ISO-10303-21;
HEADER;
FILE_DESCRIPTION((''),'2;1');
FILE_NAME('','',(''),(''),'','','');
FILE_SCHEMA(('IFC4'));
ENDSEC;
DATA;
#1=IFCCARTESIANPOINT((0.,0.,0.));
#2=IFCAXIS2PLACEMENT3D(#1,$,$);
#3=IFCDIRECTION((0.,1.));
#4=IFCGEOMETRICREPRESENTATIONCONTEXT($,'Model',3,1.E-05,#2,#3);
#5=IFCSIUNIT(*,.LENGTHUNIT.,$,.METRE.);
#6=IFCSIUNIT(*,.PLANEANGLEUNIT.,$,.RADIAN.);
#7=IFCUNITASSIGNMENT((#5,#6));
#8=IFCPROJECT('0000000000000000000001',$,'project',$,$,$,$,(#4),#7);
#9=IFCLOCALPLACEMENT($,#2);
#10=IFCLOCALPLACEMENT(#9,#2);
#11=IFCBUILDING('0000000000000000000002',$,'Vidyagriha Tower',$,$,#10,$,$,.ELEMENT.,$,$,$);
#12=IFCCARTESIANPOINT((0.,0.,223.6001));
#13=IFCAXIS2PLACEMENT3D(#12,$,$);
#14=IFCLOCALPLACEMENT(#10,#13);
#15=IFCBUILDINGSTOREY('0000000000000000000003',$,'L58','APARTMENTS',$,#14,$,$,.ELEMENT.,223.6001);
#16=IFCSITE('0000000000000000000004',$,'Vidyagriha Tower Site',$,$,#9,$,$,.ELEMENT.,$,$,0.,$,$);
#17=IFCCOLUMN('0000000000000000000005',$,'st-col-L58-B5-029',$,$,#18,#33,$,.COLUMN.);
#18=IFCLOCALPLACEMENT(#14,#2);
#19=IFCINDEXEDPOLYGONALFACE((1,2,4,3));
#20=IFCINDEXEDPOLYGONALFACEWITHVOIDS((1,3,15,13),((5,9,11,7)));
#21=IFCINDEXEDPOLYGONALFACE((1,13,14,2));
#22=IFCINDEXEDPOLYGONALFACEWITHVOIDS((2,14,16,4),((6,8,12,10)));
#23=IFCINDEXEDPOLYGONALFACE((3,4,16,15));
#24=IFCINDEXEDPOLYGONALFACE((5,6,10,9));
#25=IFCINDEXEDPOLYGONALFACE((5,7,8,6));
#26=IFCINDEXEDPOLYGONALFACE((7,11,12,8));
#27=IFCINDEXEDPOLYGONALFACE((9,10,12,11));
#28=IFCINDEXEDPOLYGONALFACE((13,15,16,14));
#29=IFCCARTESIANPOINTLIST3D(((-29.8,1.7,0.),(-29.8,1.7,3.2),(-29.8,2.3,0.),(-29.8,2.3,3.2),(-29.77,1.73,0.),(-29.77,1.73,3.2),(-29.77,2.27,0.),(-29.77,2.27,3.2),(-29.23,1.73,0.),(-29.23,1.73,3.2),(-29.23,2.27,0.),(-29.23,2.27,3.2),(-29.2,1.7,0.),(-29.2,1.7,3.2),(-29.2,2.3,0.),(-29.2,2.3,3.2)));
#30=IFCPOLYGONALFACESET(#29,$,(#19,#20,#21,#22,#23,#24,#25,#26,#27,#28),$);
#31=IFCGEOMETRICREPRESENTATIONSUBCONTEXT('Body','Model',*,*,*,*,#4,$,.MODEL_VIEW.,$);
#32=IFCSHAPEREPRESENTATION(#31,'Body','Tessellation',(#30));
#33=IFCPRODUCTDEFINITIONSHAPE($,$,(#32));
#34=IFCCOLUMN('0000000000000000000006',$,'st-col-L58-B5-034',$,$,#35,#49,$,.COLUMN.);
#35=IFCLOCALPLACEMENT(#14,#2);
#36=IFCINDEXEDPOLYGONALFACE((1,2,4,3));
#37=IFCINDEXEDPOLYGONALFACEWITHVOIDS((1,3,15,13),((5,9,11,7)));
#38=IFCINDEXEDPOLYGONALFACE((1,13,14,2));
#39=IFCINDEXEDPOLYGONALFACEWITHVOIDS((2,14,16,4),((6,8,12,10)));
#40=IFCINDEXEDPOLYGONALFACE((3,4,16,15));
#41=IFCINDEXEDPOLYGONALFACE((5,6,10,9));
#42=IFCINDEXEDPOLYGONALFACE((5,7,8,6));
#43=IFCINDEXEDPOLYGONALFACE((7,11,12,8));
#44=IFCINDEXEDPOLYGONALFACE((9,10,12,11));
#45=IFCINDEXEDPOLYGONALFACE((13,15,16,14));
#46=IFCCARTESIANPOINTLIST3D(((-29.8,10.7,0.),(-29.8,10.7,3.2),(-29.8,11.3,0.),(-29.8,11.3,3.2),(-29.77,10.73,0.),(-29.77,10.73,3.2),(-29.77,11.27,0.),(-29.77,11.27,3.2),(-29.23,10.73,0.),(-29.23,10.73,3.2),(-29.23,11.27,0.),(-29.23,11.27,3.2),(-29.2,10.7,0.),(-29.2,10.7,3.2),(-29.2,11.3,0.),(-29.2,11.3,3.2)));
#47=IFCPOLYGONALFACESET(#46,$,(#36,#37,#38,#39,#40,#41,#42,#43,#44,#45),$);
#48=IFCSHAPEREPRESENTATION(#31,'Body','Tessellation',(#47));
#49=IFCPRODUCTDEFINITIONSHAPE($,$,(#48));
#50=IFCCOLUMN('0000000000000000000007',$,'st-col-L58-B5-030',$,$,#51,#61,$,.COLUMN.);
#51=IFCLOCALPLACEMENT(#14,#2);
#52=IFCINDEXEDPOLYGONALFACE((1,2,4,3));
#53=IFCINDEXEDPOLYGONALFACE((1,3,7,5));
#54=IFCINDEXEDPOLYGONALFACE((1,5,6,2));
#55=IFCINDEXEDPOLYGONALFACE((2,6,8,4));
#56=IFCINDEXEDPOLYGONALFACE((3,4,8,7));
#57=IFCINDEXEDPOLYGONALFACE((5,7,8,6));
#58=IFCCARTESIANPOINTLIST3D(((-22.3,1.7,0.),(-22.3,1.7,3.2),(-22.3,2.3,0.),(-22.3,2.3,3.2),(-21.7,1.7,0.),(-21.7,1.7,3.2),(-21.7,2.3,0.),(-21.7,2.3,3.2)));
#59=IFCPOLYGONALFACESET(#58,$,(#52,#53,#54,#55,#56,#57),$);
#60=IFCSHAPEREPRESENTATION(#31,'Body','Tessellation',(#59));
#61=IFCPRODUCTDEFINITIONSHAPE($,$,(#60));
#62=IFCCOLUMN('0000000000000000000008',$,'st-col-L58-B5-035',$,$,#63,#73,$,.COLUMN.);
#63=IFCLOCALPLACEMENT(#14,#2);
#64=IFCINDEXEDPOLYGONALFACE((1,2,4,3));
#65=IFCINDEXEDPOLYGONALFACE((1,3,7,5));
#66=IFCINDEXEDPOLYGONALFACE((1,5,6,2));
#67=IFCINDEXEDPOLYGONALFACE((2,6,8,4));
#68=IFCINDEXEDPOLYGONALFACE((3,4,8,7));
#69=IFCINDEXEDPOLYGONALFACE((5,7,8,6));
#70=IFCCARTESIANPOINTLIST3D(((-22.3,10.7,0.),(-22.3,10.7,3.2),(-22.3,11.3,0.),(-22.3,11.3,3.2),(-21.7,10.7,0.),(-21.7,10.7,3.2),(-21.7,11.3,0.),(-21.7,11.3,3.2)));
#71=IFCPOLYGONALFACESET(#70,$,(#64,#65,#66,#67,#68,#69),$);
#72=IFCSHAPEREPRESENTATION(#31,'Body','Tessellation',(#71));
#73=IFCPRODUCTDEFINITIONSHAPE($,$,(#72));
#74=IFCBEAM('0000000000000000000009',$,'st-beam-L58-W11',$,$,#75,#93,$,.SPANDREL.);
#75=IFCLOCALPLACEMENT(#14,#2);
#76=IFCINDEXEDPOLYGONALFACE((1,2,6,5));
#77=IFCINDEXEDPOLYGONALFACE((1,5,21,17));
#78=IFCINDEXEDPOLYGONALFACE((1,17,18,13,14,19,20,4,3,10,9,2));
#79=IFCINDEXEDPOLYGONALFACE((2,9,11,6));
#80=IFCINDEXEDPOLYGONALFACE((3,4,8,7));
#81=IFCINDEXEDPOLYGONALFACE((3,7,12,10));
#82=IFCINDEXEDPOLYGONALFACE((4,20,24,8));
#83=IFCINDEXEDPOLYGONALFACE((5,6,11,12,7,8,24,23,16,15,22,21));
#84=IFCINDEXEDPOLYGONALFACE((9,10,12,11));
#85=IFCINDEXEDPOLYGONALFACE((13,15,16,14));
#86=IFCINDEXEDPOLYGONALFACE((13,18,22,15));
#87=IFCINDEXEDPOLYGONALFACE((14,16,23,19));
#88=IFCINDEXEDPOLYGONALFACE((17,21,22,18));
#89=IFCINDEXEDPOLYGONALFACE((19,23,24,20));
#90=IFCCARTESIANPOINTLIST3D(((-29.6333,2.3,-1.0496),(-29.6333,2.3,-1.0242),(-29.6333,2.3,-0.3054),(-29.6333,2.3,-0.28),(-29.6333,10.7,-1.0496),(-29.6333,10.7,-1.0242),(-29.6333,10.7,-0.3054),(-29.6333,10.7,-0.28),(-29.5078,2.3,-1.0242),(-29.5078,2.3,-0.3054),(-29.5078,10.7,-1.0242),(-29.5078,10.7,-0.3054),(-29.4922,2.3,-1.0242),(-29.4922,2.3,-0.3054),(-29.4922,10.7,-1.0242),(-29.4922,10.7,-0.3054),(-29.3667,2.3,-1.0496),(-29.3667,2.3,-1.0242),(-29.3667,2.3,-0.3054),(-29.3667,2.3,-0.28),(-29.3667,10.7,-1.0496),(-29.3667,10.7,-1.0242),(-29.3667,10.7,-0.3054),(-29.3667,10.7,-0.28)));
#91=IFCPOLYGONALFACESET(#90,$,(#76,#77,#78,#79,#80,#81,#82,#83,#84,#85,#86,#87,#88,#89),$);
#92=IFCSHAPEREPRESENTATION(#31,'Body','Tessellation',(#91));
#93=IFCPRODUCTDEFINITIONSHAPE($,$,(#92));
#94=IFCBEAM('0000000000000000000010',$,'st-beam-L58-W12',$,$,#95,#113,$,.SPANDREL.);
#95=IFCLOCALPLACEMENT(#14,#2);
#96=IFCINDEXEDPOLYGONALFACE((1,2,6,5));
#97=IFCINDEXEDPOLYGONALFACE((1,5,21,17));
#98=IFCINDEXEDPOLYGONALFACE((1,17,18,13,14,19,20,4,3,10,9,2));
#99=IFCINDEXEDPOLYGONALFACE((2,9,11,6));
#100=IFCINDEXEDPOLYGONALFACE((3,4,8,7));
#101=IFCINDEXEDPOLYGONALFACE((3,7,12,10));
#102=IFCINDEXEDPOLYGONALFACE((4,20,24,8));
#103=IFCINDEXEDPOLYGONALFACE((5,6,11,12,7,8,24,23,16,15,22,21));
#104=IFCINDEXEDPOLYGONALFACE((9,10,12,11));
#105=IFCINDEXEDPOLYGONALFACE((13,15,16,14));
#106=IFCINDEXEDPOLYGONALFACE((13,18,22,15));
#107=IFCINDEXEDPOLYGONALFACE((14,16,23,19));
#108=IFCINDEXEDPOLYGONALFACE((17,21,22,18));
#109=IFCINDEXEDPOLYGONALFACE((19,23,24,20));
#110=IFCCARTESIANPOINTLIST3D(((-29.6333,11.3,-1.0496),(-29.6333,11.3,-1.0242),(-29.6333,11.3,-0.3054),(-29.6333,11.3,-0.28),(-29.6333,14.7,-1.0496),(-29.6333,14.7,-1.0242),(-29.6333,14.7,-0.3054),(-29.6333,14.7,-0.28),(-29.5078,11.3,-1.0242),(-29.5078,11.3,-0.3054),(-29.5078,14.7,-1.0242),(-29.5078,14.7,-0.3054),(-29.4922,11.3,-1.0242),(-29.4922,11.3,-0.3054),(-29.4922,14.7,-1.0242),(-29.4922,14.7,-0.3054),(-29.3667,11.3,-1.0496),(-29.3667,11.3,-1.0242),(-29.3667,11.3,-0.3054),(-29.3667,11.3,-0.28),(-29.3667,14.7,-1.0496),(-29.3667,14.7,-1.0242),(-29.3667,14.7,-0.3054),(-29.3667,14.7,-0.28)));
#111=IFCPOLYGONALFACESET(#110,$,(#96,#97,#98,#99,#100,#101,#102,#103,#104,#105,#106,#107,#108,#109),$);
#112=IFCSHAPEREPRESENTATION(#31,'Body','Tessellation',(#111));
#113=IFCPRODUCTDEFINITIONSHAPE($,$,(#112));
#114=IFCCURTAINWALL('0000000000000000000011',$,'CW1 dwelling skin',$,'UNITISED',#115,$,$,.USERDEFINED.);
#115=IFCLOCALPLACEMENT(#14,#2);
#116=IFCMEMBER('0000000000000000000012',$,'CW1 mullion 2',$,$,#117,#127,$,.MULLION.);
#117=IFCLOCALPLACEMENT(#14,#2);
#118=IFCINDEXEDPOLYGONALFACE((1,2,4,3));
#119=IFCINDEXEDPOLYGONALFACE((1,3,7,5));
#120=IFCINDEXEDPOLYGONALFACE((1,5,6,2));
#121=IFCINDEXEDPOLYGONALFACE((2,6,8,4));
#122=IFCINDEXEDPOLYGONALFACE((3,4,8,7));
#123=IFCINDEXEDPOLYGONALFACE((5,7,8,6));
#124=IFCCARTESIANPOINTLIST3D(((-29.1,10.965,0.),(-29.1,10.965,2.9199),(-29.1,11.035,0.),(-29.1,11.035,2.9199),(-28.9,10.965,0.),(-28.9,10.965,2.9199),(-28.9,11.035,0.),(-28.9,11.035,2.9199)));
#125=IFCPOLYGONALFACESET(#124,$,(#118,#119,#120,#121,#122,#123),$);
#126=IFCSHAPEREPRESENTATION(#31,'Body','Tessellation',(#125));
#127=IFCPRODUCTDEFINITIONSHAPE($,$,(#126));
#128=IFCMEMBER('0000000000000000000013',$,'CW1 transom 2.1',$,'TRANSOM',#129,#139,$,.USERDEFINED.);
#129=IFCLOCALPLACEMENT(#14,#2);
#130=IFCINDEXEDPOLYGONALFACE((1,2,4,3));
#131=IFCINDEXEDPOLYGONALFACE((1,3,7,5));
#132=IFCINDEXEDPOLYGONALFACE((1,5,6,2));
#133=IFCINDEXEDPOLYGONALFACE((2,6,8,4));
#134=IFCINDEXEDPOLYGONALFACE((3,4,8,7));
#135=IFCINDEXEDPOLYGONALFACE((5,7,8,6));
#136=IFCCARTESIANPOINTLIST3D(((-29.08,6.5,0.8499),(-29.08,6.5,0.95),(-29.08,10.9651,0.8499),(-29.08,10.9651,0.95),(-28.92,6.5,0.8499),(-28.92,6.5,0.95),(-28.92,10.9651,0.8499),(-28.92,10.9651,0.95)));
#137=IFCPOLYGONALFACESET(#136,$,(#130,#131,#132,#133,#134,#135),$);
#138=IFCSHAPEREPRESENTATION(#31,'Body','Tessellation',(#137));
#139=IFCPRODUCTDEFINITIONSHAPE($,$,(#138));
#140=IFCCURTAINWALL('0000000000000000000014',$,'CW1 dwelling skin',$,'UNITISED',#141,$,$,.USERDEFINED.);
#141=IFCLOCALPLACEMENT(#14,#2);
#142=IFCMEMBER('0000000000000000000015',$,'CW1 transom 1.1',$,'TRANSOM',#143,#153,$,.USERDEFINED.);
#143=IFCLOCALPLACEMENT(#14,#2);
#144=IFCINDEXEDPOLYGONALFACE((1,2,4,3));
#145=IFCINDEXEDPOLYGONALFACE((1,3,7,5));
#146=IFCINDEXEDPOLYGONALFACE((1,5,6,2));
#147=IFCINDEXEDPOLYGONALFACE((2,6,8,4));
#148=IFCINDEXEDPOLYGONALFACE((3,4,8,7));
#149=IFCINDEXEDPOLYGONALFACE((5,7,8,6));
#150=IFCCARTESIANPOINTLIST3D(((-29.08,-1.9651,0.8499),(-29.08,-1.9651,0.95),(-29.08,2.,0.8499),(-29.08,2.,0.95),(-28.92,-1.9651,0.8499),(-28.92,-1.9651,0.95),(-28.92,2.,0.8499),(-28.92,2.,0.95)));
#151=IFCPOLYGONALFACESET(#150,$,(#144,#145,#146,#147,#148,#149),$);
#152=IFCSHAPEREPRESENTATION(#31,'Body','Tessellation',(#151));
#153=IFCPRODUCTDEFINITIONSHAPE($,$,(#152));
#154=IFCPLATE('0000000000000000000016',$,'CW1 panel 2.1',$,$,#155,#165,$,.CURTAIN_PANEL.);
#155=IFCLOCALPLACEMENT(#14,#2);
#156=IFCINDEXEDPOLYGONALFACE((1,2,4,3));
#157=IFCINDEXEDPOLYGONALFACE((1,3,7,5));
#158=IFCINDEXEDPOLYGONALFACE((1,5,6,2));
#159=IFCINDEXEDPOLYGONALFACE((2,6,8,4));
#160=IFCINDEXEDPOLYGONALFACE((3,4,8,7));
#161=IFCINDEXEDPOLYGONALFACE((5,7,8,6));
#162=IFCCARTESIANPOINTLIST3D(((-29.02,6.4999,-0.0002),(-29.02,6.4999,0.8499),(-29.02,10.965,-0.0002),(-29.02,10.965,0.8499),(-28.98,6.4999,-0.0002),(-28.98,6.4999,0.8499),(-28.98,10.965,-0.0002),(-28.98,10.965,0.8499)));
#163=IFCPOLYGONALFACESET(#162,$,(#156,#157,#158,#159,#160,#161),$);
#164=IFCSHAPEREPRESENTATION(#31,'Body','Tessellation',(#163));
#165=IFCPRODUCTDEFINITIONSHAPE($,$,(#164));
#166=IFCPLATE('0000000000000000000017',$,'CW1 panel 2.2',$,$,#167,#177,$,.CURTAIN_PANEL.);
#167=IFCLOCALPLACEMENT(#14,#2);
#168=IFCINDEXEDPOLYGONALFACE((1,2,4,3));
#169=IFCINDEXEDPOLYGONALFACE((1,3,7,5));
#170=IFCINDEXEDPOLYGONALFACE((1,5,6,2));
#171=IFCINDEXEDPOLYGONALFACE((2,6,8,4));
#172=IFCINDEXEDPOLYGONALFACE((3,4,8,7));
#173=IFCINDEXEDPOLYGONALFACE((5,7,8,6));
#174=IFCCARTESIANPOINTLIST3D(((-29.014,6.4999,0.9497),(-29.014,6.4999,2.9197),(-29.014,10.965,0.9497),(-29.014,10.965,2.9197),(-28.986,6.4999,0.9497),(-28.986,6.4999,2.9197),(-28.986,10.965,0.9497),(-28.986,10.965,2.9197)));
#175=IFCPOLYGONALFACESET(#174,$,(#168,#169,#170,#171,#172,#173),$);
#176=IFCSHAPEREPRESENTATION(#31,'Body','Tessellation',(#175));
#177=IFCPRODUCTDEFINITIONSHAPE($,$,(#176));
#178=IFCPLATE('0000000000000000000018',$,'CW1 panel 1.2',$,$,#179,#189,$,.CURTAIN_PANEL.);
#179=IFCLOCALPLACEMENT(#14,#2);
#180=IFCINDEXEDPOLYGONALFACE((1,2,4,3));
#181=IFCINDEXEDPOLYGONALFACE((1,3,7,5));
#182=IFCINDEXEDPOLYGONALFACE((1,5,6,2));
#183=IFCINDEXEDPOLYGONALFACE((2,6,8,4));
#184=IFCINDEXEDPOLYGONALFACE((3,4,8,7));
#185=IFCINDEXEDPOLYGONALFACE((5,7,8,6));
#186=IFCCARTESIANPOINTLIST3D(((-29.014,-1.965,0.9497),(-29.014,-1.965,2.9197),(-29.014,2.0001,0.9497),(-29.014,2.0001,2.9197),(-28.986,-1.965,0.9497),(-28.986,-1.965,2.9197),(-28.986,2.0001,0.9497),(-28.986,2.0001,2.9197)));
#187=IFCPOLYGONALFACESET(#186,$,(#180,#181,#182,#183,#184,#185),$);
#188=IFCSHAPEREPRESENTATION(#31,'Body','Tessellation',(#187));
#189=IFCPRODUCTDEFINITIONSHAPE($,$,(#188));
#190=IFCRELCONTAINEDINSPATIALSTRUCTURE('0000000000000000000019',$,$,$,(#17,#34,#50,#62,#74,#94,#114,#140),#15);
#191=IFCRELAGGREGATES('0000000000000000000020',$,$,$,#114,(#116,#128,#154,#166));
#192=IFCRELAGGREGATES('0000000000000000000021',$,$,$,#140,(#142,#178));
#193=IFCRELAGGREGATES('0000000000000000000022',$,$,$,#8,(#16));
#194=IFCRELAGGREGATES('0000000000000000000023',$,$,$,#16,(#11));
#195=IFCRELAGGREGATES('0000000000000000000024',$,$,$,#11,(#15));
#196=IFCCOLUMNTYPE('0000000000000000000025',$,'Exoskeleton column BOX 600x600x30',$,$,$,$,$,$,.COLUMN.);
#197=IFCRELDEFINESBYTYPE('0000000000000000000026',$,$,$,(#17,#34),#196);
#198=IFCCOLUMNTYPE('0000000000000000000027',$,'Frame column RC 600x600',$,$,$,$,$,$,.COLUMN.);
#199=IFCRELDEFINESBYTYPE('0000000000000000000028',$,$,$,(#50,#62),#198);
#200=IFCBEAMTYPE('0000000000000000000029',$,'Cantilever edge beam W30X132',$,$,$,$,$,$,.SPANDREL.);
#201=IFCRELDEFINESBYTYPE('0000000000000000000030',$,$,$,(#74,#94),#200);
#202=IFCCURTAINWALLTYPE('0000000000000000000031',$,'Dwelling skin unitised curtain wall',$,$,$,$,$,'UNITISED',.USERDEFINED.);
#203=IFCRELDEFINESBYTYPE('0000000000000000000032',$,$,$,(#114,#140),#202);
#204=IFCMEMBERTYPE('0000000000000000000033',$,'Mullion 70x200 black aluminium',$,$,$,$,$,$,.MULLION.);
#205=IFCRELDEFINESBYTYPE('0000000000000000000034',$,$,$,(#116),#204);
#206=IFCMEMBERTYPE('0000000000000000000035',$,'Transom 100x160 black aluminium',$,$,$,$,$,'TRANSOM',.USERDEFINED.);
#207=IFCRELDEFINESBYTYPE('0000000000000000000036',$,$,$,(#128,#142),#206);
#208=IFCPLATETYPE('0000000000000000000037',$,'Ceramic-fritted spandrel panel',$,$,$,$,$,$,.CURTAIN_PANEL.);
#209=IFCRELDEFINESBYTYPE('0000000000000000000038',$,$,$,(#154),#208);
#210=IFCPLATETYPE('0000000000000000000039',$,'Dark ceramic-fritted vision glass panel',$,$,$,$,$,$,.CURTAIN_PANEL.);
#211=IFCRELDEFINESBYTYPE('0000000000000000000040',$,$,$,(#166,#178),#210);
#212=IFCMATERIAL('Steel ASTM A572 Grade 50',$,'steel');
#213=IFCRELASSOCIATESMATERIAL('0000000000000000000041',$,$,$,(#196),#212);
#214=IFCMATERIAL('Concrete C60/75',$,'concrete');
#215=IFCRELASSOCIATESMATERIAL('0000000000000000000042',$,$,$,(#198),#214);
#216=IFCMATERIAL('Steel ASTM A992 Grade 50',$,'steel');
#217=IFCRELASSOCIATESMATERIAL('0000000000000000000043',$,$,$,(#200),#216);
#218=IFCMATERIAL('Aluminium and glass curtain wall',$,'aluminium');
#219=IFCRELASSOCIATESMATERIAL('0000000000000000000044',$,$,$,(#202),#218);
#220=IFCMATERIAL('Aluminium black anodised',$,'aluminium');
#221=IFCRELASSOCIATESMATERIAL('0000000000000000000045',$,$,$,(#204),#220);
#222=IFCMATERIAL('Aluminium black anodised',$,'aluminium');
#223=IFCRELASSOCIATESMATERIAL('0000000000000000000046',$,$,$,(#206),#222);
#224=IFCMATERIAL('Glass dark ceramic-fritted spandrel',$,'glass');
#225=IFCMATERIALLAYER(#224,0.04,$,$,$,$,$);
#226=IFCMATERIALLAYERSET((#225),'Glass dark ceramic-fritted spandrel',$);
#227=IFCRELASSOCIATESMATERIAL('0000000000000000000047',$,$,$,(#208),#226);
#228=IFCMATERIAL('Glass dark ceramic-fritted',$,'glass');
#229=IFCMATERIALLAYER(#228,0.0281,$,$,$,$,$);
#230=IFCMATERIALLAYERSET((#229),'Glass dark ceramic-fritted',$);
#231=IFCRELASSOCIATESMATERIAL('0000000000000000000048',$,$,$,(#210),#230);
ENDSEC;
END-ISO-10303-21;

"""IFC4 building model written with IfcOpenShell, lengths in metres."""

from ifc_helpers import new_model, si_unit, direction, frame, origin, origin_2d, place, context, subcontext, project, spatial, rectangle, hollow_rectangle, i_section, extrude, material, layer, layer_set, material_profile, profile_set, type_object, element, aggregate, save


model = new_model("IFC4")

# Units and contexts
model_context = context("Model", 3, precision=1e-05, world=origin(), true_north=direction((0.0, 1.0)))
body_context = subcontext(model_context, "Body", "Model", "MODEL_VIEW")
ifc_project = project(units=[si_unit("LENGTHUNIT", "METRE"), si_unit("PLANEANGLEUNIT", "RADIAN")], contexts=[model_context])

# Site, building, storey
site_placement = place(None, origin())
site = spatial("IfcSite", under=ifc_project, at=site_placement, Name="Vidyagriha Tower Site", CompositionType="ELEMENT", RefElevation=0.0)
building_placement = place(site_placement, origin())
building = spatial("IfcBuilding", under=site, at=building_placement, Name="Vidyagriha Tower", CompositionType="ELEMENT")
storey_placement = place(building_placement, frame((0.0, 0.0, 223.6001)))
storey = spatial("IfcBuildingStorey", under=building, at=storey_placement, Name="L58", Description="APARTMENTS", CompositionType="ELEMENT", Elevation=223.6001)

# Columns
ifc_material_1 = material(Name="Steel ASTM A572 Grade 50", Category="steel")
ifc_material_profile_1 = material_profile(ifc_material_1, hollow_rectangle(XDim=0.6001, YDim=0.6001, WallThickness=0.03, at=origin_2d()), Name="BOX 600x600x30")
ifc_profile_set_1 = profile_set([ifc_material_profile_1], Name="Steel ASTM A572 Grade 50")
column_type_1 = type_object("IfcColumnType", Name="Exoskeleton column BOX 600x600x30", PredefinedType="COLUMN", material=ifc_profile_set_1)
for number, where, name in (
    (1, (-29.5, 2.0, 0.0), "st-col-L58-B5-029"),
    (2, (-29.5, 11.0, 0.0), "st-col-L58-B5-034"),
):
    element("IfcColumn", number, at=place(storey_placement, frame(where)), inside=storey, type_object=column_type_1, Name=name, PredefinedType="COLUMN", context=body_context, shape_type="SweptSolid", body=[
        extrude(hollow_rectangle(XDim=0.6001, YDim=0.6001, WallThickness=0.03, at=origin_2d()), origin(), (0.0, 0.0, 1.0), 3.2),
    ])
ifc_material_2 = material(Name="Concrete C60/75", Category="concrete")
ifc_material_profile_2 = material_profile(ifc_material_2, rectangle(XDim=0.6001, YDim=0.6001, at=origin_2d()), Name="RC 600x600")
ifc_profile_set_2 = profile_set([ifc_material_profile_2], Name="Concrete C60/75")
column_type_2 = type_object("IfcColumnType", Name="Frame column RC 600x600", PredefinedType="COLUMN", material=ifc_profile_set_2)
for number, where, name in (
    (3, (-22.0, 2.0, 0.0), "st-col-L58-B5-030"),
    (4, (-22.0, 11.0, 0.0), "st-col-L58-B5-035"),
):
    element("IfcColumn", number, at=place(storey_placement, frame(where)), inside=storey, type_object=column_type_2, Name=name, PredefinedType="COLUMN", context=body_context, shape_type="SweptSolid", body=[
        extrude(rectangle(XDim=0.6001, YDim=0.6001, at=origin_2d()), origin(), (0.0, 0.0, 1.0), 3.2),
    ])

# Beams
ifc_material_3 = material(Name="Steel ASTM A992 Grade 50", Category="steel")
ifc_material_profile_3 = material_profile(ifc_material_3, i_section(OverallWidth=0.2666, OverallDepth=0.7695, WebThickness=0.0156, FlangeThickness=0.0254, at=origin_2d()), Name="W30X132")
ifc_profile_set_3 = profile_set([ifc_material_profile_3], Name="Steel ASTM A992 Grade 50")
beam_type = type_object("IfcBeamType", Name="Cantilever edge beam W30X132", PredefinedType="SPANDREL", material=ifc_profile_set_3)
beam_1_placement = place(storey_placement, frame((-29.5, 2.3, -0.6648), z_axis=(0.0, 1.0, 0.0), x_axis=(-1.0, 0.0, 0.0)))
element("IfcBeam", 5, at=beam_1_placement, inside=storey, type_object=beam_type, Name="st-beam-L58-W11", PredefinedType="SPANDREL", context=body_context, shape_type="SweptSolid", body=[
    extrude(i_section(OverallWidth=0.2666, OverallDepth=0.7695, WebThickness=0.0156, FlangeThickness=0.0254, at=origin_2d()), origin(), (0.0, 0.0, 1.0), 8.3999),
])
beam_2_placement = place(storey_placement, frame((-29.5, 11.3, -0.6648), z_axis=(0.0, 1.0, 0.0), x_axis=(-1.0, 0.0, 0.0)))
element("IfcBeam", 6, at=beam_2_placement, inside=storey, type_object=beam_type, Name="st-beam-L58-W12", PredefinedType="SPANDREL", context=body_context, shape_type="SweptSolid", body=[
    extrude(i_section(OverallWidth=0.2666, OverallDepth=0.7695, WebThickness=0.0156, FlangeThickness=0.0254, at=origin_2d()), origin(), (0.0, 0.0, 1.0), 3.3999),
])

# Curtain wall, members
ifc_material_4 = material(Name="Aluminium and glass curtain wall", Category="aluminium")
curtain_wall_type = type_object("IfcCurtainWallType", Name="Dwelling skin unitised curtain wall", ElementType="UNITISED", PredefinedType="USERDEFINED", material=ifc_material_4)
curtain_wall_1_placement = place(storey_placement, origin())
curtain_wall_1 = element("IfcCurtainWall", 7, at=curtain_wall_1_placement, inside=storey, type_object=curtain_wall_type, Name="CW1 dwelling skin", ObjectType="UNITISED", PredefinedType="USERDEFINED")
ifc_material_5 = material(Name="Aluminium black anodised", Category="aluminium")
ifc_material_profile_4 = material_profile(ifc_material_5, rectangle(XDim=0.2, YDim=0.0701, at=origin_2d()), Name="Mullion 70x200 black aluminium")
ifc_profile_set_4 = profile_set([ifc_material_profile_4], Name="Aluminium black anodised")
member_type_1 = type_object("IfcMemberType", Name="Mullion 70x200 black aluminium", PredefinedType="MULLION", material=ifc_profile_set_4)
member_1_placement = place(storey_placement, frame((-29.0, 11.0, 0.0)))
member_1 = element("IfcMember", 8, at=member_1_placement, type_object=member_type_1, Name="CW1 mullion 2", PredefinedType="MULLION", context=body_context, shape_type="SweptSolid", body=[
    extrude(rectangle(XDim=0.2, YDim=0.0701, at=origin_2d()), origin(), (0.0, 0.0, 1.0), 2.9199),
])
ifc_material_6 = material(Name="Aluminium black anodised", Category="aluminium")
ifc_material_profile_5 = material_profile(ifc_material_6, rectangle(XDim=0.1599, YDim=0.1001, at=origin_2d()), Name="Transom 100x160 black aluminium")
ifc_profile_set_5 = profile_set([ifc_material_profile_5], Name="Aluminium black anodised")
member_type_2 = type_object("IfcMemberType", Name="Transom 100x160 black aluminium", ElementType="TRANSOM", PredefinedType="USERDEFINED", material=ifc_profile_set_5)
member_2_placement = place(storey_placement, frame((-29.0, 10.9651, 0.8999), z_axis=(0.0, -1.0, 0.0), x_axis=(1.0, 0.0, 0.0)))
member_2 = element("IfcMember", 9, at=member_2_placement, type_object=member_type_2, Name="CW1 transom 2.1", ObjectType="TRANSOM", PredefinedType="USERDEFINED", context=body_context, shape_type="SweptSolid", body=[
    extrude(rectangle(XDim=0.1599, YDim=0.1001, at=origin_2d()), origin(), (0.0, 0.0, 1.0), 4.4651),
])

# Curtain wall, member
curtain_wall_2_placement = place(storey_placement, origin())
curtain_wall_2 = element("IfcCurtainWall", 10, at=curtain_wall_2_placement, inside=storey, type_object=curtain_wall_type, Name="CW1 dwelling skin", ObjectType="UNITISED", PredefinedType="USERDEFINED")
member_3_placement = place(storey_placement, frame((-29.0, 2.0, 0.8999), z_axis=(0.0, -1.0, 0.0), x_axis=(1.0, 0.0, 0.0)))
member_3 = element("IfcMember", 11, at=member_3_placement, type_object=member_type_2, Name="CW1 transom 1.1", ObjectType="TRANSOM", PredefinedType="USERDEFINED", context=body_context, shape_type="SweptSolid", body=[
    extrude(rectangle(XDim=0.1599, YDim=0.1001, at=origin_2d()), origin(), (0.0, 0.0, 1.0), 3.9651),
])

# Plates
ifc_material_7 = material(Name="Glass dark ceramic-fritted spandrel", Category="glass")
ifc_layer_1 = layer(ifc_material_7, 0.04)
ifc_layer_set_1 = layer_set([ifc_layer_1], Name="Glass dark ceramic-fritted spandrel")
plate_type_1 = type_object("IfcPlateType", Name="Ceramic-fritted spandrel panel", PredefinedType="CURTAIN_PANEL", material=ifc_layer_set_1)
plate_1_placement = place(storey_placement, frame((-29.0, 8.7324, -0.0002), z_axis=(0.0, 0.0, 1.0), x_axis=(0.0, -1.0, 0.0)))
plate_1 = element("IfcPlate", 12, at=plate_1_placement, type_object=plate_type_1, Name="CW1 panel 2.1", PredefinedType="CURTAIN_PANEL", context=body_context, shape_type="SweptSolid", body=[
    extrude(rectangle(XDim=4.4651, YDim=0.04, at=origin_2d()), origin(), (0.0, 0.0, 1.0), 0.8501),
])
ifc_material_8 = material(Name="Glass dark ceramic-fritted", Category="glass")
ifc_layer_2 = layer(ifc_material_8, 0.0281)
ifc_layer_set_2 = layer_set([ifc_layer_2], Name="Glass dark ceramic-fritted")
plate_type_2 = type_object("IfcPlateType", Name="Dark ceramic-fritted vision glass panel", PredefinedType="CURTAIN_PANEL", material=ifc_layer_set_2)
plate_2_placement = place(storey_placement, frame((-29.0, 8.7324, 0.9497), z_axis=(0.0, 0.0, 1.0), x_axis=(0.0, -1.0, 0.0)))
plate_2 = element("IfcPlate", 13, at=plate_2_placement, type_object=plate_type_2, Name="CW1 panel 2.2", PredefinedType="CURTAIN_PANEL", context=body_context, shape_type="SweptSolid", body=[
    extrude(rectangle(XDim=4.4651, YDim=0.0281, at=origin_2d()), origin(), (0.0, 0.0, 1.0), 1.97),
])
aggregate(curtain_wall_1, [member_1, member_2, plate_1, plate_2])
plate_3_placement = place(storey_placement, frame((-29.0, 0.0176, 0.9497), z_axis=(0.0, 0.0, 1.0), x_axis=(0.0, -1.0, 0.0)))
plate_3 = element("IfcPlate", 14, at=plate_3_placement, type_object=plate_type_2, Name="CW1 panel 1.2", PredefinedType="CURTAIN_PANEL", context=body_context, shape_type="SweptSolid", body=[
    extrude(rectangle(XDim=3.9651, YDim=0.0281, at=origin_2d()), origin(), (0.0, 0.0, 1.0), 1.97),
])
aggregate(curtain_wall_2, [member_3, plate_3])

save(model, "model.ifc")
